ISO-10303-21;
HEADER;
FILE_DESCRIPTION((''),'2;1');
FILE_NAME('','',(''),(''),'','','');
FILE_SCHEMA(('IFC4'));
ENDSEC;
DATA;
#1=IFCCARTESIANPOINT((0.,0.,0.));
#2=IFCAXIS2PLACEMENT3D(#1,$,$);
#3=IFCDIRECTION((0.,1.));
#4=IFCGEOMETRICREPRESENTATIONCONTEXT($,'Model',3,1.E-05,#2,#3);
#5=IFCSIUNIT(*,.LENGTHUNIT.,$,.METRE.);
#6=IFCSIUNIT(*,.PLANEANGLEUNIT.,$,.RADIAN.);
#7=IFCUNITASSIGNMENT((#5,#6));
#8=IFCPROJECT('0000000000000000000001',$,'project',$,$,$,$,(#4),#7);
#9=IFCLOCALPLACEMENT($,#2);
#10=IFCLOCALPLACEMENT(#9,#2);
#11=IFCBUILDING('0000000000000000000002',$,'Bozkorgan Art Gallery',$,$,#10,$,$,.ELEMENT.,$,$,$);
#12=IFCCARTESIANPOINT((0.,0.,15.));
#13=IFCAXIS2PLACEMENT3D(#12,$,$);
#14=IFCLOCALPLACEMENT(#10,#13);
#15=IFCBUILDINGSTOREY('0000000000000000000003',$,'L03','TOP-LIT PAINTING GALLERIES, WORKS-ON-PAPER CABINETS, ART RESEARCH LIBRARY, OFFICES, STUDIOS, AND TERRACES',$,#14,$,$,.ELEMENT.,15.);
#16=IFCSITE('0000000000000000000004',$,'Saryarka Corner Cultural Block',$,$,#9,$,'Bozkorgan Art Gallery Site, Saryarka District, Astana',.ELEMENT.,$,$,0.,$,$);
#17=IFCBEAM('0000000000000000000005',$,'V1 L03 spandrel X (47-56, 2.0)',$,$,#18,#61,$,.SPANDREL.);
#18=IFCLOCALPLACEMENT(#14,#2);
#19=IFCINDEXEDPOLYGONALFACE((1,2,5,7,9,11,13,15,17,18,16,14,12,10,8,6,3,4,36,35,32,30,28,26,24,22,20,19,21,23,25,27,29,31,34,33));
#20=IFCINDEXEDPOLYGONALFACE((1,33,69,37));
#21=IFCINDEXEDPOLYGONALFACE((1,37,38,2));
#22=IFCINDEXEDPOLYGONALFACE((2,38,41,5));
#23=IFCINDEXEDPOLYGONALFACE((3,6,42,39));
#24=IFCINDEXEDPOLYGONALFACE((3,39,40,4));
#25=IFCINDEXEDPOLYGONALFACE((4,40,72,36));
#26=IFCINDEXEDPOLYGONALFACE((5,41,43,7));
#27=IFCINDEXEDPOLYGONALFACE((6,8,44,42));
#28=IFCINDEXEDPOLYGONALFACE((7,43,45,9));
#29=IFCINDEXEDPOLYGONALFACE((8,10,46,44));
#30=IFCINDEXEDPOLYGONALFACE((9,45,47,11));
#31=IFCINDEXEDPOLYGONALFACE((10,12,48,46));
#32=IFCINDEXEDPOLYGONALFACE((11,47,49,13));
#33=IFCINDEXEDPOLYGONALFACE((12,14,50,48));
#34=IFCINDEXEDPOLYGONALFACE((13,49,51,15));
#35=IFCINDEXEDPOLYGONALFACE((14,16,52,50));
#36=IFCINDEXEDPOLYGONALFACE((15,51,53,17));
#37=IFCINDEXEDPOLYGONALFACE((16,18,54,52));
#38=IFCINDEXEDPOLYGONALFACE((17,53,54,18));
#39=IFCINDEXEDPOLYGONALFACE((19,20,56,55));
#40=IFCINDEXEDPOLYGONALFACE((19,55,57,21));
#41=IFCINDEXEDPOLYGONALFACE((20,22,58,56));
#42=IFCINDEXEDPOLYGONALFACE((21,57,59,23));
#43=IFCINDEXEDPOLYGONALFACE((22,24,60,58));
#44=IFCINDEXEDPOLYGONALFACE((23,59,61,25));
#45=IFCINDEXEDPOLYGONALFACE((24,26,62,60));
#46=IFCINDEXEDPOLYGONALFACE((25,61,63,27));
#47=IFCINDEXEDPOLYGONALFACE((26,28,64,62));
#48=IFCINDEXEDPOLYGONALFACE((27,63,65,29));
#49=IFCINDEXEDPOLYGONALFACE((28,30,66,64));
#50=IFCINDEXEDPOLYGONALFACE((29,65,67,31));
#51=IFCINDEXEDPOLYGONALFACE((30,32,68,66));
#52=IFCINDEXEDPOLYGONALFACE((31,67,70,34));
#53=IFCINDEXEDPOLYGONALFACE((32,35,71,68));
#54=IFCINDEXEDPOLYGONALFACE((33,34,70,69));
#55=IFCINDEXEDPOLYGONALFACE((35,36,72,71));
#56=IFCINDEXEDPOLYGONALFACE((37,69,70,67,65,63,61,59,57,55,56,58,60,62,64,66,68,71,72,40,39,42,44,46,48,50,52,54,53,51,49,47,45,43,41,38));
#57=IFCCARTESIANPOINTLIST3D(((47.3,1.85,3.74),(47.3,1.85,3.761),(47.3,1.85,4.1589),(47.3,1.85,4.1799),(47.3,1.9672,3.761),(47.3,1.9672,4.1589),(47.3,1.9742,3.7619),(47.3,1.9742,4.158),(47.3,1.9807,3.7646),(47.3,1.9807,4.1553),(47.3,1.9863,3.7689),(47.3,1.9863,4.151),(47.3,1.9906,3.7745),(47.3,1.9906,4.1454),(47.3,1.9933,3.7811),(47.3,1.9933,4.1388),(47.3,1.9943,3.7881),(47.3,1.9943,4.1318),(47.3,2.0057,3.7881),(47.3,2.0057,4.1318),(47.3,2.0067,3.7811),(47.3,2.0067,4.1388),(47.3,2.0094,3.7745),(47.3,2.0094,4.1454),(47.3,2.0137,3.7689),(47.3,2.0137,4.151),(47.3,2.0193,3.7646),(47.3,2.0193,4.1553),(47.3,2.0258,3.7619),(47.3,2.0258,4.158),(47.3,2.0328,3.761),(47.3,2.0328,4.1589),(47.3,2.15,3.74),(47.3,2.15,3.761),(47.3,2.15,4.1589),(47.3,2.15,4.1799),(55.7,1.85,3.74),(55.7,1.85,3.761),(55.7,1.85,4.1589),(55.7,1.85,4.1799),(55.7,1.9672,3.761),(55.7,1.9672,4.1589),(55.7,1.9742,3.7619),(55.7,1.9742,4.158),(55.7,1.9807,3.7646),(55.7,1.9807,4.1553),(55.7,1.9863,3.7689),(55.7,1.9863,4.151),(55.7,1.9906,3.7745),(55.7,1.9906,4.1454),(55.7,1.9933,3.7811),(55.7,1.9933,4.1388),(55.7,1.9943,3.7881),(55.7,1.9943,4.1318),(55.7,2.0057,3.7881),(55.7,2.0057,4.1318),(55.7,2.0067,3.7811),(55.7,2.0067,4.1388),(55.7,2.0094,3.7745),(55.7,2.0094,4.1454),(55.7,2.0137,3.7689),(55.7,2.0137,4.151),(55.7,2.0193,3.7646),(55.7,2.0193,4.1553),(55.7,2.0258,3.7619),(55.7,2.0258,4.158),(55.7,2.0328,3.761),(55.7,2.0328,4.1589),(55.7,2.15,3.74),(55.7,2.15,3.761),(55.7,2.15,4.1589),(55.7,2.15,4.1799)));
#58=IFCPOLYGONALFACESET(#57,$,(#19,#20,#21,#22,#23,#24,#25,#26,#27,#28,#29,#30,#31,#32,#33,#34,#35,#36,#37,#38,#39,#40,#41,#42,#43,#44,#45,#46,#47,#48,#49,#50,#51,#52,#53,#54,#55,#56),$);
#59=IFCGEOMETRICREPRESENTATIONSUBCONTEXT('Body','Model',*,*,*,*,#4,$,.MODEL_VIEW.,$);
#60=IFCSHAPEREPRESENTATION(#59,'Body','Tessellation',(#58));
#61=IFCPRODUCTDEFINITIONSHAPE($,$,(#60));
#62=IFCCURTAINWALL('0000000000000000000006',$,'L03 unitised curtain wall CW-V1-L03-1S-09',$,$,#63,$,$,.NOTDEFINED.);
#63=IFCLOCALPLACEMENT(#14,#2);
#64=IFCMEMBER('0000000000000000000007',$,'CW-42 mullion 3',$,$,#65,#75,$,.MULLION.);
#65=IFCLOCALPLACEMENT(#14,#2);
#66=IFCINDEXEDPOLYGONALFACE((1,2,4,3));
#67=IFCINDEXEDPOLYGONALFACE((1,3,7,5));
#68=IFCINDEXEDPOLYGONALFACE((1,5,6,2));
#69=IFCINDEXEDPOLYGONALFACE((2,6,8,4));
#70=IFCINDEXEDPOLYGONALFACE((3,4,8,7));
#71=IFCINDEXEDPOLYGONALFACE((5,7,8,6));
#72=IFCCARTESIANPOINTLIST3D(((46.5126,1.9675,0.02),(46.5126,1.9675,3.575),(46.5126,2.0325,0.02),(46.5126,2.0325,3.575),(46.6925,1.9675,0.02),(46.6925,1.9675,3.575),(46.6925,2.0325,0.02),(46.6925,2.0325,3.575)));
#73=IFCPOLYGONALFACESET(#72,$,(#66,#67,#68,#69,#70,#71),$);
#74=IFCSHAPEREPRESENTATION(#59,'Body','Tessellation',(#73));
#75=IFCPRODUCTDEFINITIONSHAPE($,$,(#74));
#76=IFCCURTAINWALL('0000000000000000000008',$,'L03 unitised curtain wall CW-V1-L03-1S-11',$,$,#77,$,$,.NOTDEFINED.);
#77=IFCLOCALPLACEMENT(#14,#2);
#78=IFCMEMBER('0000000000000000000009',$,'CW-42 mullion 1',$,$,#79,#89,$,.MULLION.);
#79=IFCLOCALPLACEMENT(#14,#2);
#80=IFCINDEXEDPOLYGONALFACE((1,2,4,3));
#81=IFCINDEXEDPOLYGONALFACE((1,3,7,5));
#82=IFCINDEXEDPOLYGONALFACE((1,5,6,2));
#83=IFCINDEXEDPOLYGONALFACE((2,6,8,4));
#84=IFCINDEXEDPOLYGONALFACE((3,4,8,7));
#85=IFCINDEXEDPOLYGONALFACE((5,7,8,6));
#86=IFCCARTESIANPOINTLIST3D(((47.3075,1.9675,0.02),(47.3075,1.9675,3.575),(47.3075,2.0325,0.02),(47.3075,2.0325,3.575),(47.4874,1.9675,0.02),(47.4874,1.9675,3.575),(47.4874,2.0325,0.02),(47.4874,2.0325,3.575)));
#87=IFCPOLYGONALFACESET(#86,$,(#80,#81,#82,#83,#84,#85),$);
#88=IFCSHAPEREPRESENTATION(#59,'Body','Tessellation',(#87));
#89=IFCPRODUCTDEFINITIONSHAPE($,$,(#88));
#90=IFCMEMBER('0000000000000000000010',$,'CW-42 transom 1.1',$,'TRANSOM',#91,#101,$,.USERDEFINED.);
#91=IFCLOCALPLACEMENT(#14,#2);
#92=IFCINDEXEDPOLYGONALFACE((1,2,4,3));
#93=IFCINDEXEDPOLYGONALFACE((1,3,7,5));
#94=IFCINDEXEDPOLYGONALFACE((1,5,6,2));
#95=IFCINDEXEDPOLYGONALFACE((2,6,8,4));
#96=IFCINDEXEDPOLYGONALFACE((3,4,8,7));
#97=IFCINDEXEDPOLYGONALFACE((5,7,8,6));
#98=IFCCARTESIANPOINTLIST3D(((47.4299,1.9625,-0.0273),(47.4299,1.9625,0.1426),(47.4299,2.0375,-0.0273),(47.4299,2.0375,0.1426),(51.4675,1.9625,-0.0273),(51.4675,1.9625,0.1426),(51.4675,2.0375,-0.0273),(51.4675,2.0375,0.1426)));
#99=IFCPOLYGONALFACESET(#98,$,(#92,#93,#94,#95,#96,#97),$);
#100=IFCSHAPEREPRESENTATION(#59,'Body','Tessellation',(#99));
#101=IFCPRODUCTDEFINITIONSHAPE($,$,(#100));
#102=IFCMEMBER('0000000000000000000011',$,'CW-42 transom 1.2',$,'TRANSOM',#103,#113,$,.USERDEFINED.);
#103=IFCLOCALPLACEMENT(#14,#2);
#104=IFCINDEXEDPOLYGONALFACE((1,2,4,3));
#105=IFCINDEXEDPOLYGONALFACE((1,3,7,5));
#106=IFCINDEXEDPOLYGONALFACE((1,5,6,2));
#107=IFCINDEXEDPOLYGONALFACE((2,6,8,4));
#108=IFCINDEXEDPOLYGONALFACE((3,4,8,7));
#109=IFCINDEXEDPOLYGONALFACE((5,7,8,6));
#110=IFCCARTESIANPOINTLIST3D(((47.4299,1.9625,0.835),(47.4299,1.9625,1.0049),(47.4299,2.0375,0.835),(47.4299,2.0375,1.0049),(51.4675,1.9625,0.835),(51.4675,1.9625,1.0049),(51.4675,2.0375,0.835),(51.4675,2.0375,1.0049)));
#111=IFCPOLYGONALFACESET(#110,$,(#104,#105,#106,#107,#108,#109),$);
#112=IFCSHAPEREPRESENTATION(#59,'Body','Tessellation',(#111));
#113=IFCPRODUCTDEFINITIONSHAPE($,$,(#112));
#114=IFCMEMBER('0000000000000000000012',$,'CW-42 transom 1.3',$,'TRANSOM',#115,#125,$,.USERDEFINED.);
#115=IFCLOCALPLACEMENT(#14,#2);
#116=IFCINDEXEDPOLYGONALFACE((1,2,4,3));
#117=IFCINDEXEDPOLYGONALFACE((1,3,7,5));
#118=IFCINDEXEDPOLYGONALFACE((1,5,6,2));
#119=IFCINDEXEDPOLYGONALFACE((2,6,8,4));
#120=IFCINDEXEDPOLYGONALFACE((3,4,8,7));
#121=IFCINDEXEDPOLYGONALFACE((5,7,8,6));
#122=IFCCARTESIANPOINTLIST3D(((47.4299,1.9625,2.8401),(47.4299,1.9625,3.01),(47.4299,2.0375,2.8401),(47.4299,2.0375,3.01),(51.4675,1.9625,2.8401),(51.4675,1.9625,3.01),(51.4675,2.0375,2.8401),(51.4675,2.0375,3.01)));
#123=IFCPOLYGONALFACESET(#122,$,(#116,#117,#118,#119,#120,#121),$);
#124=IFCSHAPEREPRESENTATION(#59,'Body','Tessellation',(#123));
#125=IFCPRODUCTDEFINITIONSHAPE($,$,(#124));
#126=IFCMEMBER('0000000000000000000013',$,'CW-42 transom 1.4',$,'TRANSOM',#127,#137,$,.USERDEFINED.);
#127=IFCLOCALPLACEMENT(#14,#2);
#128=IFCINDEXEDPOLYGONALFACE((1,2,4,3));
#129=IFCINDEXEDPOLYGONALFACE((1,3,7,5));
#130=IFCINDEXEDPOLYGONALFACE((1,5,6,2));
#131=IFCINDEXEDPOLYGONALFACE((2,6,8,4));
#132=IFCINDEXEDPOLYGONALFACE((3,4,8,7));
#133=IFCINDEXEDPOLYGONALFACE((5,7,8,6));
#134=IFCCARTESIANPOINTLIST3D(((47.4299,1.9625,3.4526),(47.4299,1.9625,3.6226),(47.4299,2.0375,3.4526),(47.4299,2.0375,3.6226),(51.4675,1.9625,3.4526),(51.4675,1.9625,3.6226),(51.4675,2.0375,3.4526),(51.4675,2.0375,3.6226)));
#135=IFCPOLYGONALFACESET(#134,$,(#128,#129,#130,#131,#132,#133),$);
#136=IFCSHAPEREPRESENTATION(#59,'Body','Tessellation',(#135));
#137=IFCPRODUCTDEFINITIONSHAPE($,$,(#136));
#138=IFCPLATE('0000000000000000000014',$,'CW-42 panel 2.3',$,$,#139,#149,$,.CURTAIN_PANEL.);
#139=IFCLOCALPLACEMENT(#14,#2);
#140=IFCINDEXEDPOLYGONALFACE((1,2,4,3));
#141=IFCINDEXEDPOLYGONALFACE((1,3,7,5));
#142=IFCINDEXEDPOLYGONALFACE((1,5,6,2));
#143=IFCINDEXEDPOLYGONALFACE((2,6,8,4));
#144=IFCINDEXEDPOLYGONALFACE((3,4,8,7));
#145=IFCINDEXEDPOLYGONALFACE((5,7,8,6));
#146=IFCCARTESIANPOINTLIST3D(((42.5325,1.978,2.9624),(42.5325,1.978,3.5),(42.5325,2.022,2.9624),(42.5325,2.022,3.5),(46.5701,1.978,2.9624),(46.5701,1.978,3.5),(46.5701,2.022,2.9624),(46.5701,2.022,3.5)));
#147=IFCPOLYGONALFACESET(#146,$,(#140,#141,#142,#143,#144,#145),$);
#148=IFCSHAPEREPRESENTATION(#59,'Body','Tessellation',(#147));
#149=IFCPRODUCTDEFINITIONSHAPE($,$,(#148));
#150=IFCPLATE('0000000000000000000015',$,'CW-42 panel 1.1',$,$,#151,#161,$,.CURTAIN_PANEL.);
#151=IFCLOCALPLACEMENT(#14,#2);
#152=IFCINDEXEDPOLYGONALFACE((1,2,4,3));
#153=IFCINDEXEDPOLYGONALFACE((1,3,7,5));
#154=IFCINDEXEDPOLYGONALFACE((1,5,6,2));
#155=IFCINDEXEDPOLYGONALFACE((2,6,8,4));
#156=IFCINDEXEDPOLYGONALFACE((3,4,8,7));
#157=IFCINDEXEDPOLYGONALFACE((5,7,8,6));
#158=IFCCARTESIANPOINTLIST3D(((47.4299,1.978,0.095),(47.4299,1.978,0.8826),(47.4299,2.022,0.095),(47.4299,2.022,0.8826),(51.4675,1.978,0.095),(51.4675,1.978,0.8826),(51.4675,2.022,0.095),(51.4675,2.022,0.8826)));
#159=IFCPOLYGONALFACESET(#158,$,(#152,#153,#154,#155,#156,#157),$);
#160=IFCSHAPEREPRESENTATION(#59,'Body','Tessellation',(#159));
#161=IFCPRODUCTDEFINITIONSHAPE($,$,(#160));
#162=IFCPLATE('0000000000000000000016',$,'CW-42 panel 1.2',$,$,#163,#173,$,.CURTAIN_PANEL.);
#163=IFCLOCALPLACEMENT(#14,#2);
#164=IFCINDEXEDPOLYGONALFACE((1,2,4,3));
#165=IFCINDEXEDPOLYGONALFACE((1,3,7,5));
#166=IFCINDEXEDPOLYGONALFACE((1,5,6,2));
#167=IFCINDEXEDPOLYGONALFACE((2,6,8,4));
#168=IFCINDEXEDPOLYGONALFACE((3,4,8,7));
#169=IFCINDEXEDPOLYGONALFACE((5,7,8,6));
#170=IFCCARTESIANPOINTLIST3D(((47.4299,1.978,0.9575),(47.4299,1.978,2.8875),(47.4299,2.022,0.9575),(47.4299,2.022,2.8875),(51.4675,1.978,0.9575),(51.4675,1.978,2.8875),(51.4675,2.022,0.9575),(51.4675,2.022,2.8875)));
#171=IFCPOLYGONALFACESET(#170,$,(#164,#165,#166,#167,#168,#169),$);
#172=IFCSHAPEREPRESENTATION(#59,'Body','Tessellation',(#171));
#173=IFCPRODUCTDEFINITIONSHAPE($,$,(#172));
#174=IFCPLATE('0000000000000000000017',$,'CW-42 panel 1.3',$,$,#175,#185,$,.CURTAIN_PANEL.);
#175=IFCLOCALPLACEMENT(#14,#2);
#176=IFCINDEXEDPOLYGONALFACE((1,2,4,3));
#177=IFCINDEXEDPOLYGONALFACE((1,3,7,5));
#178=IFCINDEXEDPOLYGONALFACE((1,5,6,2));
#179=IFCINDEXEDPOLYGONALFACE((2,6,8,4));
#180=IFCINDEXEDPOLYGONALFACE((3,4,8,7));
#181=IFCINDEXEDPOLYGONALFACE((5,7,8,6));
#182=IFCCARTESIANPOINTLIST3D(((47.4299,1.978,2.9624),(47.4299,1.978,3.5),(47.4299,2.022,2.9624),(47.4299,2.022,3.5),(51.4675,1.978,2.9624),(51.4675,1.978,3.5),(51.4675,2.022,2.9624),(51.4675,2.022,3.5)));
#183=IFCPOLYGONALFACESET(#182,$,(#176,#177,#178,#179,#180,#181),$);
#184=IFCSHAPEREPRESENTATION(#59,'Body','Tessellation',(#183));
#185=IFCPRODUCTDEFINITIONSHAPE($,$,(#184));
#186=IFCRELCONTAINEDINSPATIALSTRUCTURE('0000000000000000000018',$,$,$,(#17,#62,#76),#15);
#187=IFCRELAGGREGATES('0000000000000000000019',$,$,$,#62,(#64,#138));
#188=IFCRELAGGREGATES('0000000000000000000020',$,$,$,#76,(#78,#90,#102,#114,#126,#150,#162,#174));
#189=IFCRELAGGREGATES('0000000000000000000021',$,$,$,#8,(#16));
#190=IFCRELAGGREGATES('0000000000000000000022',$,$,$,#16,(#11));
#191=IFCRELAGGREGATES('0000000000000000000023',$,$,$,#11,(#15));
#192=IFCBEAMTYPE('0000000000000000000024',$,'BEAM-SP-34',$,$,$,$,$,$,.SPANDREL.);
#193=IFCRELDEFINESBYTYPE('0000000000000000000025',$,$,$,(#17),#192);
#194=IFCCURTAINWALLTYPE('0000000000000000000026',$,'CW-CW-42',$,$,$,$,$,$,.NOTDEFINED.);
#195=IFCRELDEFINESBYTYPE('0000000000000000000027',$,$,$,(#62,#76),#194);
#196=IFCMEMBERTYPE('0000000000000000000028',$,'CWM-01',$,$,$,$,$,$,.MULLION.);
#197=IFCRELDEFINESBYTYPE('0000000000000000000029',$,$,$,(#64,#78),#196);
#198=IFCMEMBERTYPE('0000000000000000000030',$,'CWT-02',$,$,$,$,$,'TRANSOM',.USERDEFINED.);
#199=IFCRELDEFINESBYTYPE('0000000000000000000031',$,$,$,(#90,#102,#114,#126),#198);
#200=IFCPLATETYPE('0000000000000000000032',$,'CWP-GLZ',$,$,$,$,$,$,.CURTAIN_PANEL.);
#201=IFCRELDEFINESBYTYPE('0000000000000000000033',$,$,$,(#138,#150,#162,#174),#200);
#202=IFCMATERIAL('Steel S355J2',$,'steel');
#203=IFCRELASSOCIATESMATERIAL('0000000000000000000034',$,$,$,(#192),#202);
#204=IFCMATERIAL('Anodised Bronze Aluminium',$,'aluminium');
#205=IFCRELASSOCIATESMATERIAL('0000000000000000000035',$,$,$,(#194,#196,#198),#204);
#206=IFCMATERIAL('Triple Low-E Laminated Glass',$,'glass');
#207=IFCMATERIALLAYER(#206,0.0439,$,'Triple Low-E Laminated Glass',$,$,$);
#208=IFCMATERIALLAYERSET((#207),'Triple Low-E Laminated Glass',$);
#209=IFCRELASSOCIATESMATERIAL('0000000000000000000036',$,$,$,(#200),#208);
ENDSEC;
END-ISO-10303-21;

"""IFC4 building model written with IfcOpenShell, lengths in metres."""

from ifc_helpers import new_model, si_unit, direction, frame, origin, origin_2d, place, context, subcontext, project, spatial, rectangle, i_section, extrude, material, layer, layer_set, material_profile, profile_set, type_object, element, aggregate, save


model = new_model("IFC4")

# Units and contexts
model_context = context("Model", 3, precision=1e-05, world=origin(), true_north=direction((0.0, 1.0)))
body_context = subcontext(model_context, "Body", "Model", "MODEL_VIEW")
ifc_project = project(units=[si_unit("LENGTHUNIT", "METRE"), si_unit("PLANEANGLEUNIT", "RADIAN")], contexts=[model_context])

# Site, building, storey
site_placement = place(None, origin())
site = spatial("IfcSite", under=ifc_project, at=site_placement, Name="Saryarka Corner Cultural Block", LongName="Bozkorgan Art Gallery Site, Saryarka District, Astana", CompositionType="ELEMENT", RefElevation=0.0)
building_placement = place(site_placement, origin())
building = spatial("IfcBuilding", under=site, at=building_placement, Name="Bozkorgan Art Gallery", CompositionType="ELEMENT")
storey_placement = place(building_placement, frame((0.0, 0.0, 15.0)))
storey = spatial("IfcBuildingStorey", under=building, at=storey_placement, Name="L03", Description="TOP-LIT PAINTING GALLERIES, WORKS-ON-PAPER CABINETS, ART RESEARCH LIBRARY, OFFICES, STUDIOS, AND TERRACES", CompositionType="ELEMENT", Elevation=15.0)

# Beam
ifc_material_1 = material(Name="Steel S355J2", Category="steel")
ifc_material_profile_1 = material_profile(ifc_material_1, i_section(OverallWidth=0.3, OverallDepth=0.4399, WebThickness=0.0115, FlangeThickness=0.021, FilletRadius=0.0271, at=origin_2d()), Name="HEA 450")
ifc_profile_set_1 = profile_set([ifc_material_profile_1], Name="Steel S355J2")
beam_type_1 = type_object("IfcBeamType", Name="BEAM-SP-34", PredefinedType="SPANDREL", material=ifc_profile_set_1)
beam_1_placement = place(storey_placement, frame((47.3, 2.0, 3.96), z_axis=(1.0, 0.0, 0.0), x_axis=(0.0, 1.0, 0.0)))
element("IfcBeam", 1, at=beam_1_placement, inside=storey, type_object=beam_type_1, Name="V1 L03 spandrel X (47-56, 2.0)", PredefinedType="SPANDREL", context=body_context, shape_type="SweptSolid", body=[
    extrude(i_section(OverallWidth=0.3, OverallDepth=0.4399, WebThickness=0.0115, FlangeThickness=0.021, FilletRadius=0.0271, at=origin_2d()), origin(), (0.0, 0.0, 1.0), 8.3999),
])

# Curtain wall, member
ifc_material_2 = material(Name="Anodised Bronze Aluminium", Category="aluminium")
curtain_wall_type = type_object("IfcCurtainWallType", Name="CW-CW-42", PredefinedType="NOTDEFINED", material=ifc_material_2)
curtain_wall_1_placement = place(storey_placement, origin())
curtain_wall_1 = element("IfcCurtainWall", 2, at=curtain_wall_1_placement, inside=storey, type_object=curtain_wall_type, Name="L03 unitised curtain wall CW-V1-L03-1S-09", PredefinedType="NOTDEFINED")
ifc_material_profile_2 = material_profile(ifc_material_2, rectangle(XDim=0.0649, YDim=0.1799, at=origin_2d()), Name="ALU MULLION 65x180")
ifc_profile_set_2 = profile_set([ifc_material_profile_2], Name="Anodised Bronze Aluminium")
member_type_1 = type_object("IfcMemberType", Name="CWM-01", PredefinedType="MULLION", material=ifc_profile_set_2)
member_1_placement = place(storey_placement, frame((46.6025, 2.0, 0.02), z_axis=(0.0, 0.0, 1.0), x_axis=(0.0, 1.0, 0.0)))
member_1 = element("IfcMember", 3, at=member_1_placement, type_object=member_type_1, Name="CW-42 mullion 3", PredefinedType="MULLION", context=body_context, shape_type="SweptSolid", body=[
    extrude(rectangle(XDim=0.0649, YDim=0.1799, at=origin_2d()), origin(), (0.0, 0.0, 1.0), 3.5549),
])

# Curtain wall, members
curtain_wall_2_placement = place(storey_placement, origin())
curtain_wall_2 = element("IfcCurtainWall", 4, at=curtain_wall_2_placement, inside=storey, type_object=curtain_wall_type, Name="L03 unitised curtain wall CW-V1-L03-1S-11", PredefinedType="NOTDEFINED")
member_2_placement = place(storey_placement, frame((47.3975, 2.0, 0.02), z_axis=(0.0, 0.0, 1.0), x_axis=(0.0, 1.0, 0.0)))
member_2 = element("IfcMember", 5, at=member_2_placement, type_object=member_type_1, Name="CW-42 mullion 1", PredefinedType="MULLION", context=body_context, shape_type="SweptSolid", body=[
    extrude(rectangle(XDim=0.0649, YDim=0.1799, at=origin_2d()), origin(), (0.0, 0.0, 1.0), 3.5549),
])
ifc_material_profile_3 = material_profile(ifc_material_2, rectangle(XDim=0.075, YDim=0.1699, at=origin_2d()), Name="ALU TRANSOM 75x170")
ifc_profile_set_3 = profile_set([ifc_material_profile_3], Name="Anodised Bronze Aluminium")
member_type_2 = type_object("IfcMemberType", Name="CWT-02", ElementType="TRANSOM", PredefinedType="USERDEFINED", material=ifc_profile_set_3)
member_3_placement = place(storey_placement, frame((47.4299, 2.0, 0.0576), z_axis=(1.0, 0.0, 0.0), x_axis=(0.0, 1.0, 0.0)))
member_3 = element("IfcMember", 6, at=member_3_placement, type_object=member_type_2, Name="CW-42 transom 1.1", ObjectType="TRANSOM", PredefinedType="USERDEFINED", context=body_context, shape_type="SweptSolid", body=[
    extrude(rectangle(XDim=0.075, YDim=0.1699, at=origin_2d()), origin(), (0.0, 0.0, 1.0), 4.0376),
])
member_4_placement = place(storey_placement, frame((47.4299, 2.0, 0.9199), z_axis=(1.0, 0.0, 0.0), x_axis=(0.0, 1.0, 0.0)))
member_4 = element("IfcMember", 7, at=member_4_placement, type_object=member_type_2, Name="CW-42 transom 1.2", ObjectType="TRANSOM", PredefinedType="USERDEFINED", context=body_context, shape_type="SweptSolid", body=[
    extrude(rectangle(XDim=0.075, YDim=0.1699, at=origin_2d()), origin(), (0.0, 0.0, 1.0), 4.0376),
])
member_5_placement = place(storey_placement, frame((47.4299, 2.0, 2.925), z_axis=(1.0, 0.0, 0.0), x_axis=(0.0, 1.0, 0.0)))
member_5 = element("IfcMember", 8, at=member_5_placement, type_object=member_type_2, Name="CW-42 transom 1.3", ObjectType="TRANSOM", PredefinedType="USERDEFINED", context=body_context, shape_type="SweptSolid", body=[
    extrude(rectangle(XDim=0.075, YDim=0.1699, at=origin_2d()), origin(), (0.0, 0.0, 1.0), 4.0376),
])
member_6_placement = place(storey_placement, frame((47.4299, 2.0, 3.5376), z_axis=(1.0, 0.0, 0.0), x_axis=(0.0, 1.0, 0.0)))
member_6 = element("IfcMember", 9, at=member_6_placement, type_object=member_type_2, Name="CW-42 transom 1.4", ObjectType="TRANSOM", PredefinedType="USERDEFINED", context=body_context, shape_type="SweptSolid", body=[
    extrude(rectangle(XDim=0.075, YDim=0.1699, at=origin_2d()), origin(), (0.0, 0.0, 1.0), 4.0376),
])

# Plates
ifc_material_3 = material(Name="Triple Low-E Laminated Glass", Category="glass")
ifc_layer_1 = layer(ifc_material_3, 0.0439, Name="Triple Low-E Laminated Glass")
ifc_layer_set_1 = layer_set([ifc_layer_1], Name="Triple Low-E Laminated Glass")
plate_type = type_object("IfcPlateType", Name="CWP-GLZ", PredefinedType="CURTAIN_PANEL", material=ifc_layer_set_1)
plate_1_placement = place(storey_placement, frame((44.5513, 2.0, 2.9624), z_axis=(0.0, 0.0, 1.0), x_axis=(1.0, 0.0, 0.0)))
plate_1 = element("IfcPlate", 10, at=plate_1_placement, type_object=plate_type, Name="CW-42 panel 2.3", PredefinedType="CURTAIN_PANEL", context=body_context, shape_type="SweptSolid", body=[
    extrude(rectangle(XDim=4.0376, YDim=0.0439, at=origin_2d()), origin(), (0.0, 0.0, 1.0), 0.5376),
])
aggregate(curtain_wall_1, [member_1, plate_1])
plate_2_placement = place(storey_placement, frame((49.4487, 2.0, 0.095), z_axis=(0.0, 0.0, 1.0), x_axis=(1.0, 0.0, 0.0)))
plate_2 = element("IfcPlate", 11, at=plate_2_placement, type_object=plate_type, Name="CW-42 panel 1.1", PredefinedType="CURTAIN_PANEL", context=body_context, shape_type="SweptSolid", body=[
    extrude(rectangle(XDim=4.0376, YDim=0.0439, at=origin_2d()), origin(), (0.0, 0.0, 1.0), 0.7876),
])
plate_3_placement = place(storey_placement, frame((49.4487, 2.0, 0.9575), z_axis=(0.0, 0.0, 1.0), x_axis=(1.0, 0.0, 0.0)))
plate_3 = element("IfcPlate", 12, at=plate_3_placement, type_object=plate_type, Name="CW-42 panel 1.2", PredefinedType="CURTAIN_PANEL", context=body_context, shape_type="SweptSolid", body=[
    extrude(rectangle(XDim=4.0376, YDim=0.0439, at=origin_2d()), origin(), (0.0, 0.0, 1.0), 1.9299),
])
plate_4_placement = place(storey_placement, frame((49.4487, 2.0, 2.9624), z_axis=(0.0, 0.0, 1.0), x_axis=(1.0, 0.0, 0.0)))
plate_4 = element("IfcPlate", 13, at=plate_4_placement, type_object=plate_type, Name="CW-42 panel 1.3", PredefinedType="CURTAIN_PANEL", context=body_context, shape_type="SweptSolid", body=[
    extrude(rectangle(XDim=4.0376, YDim=0.0439, at=origin_2d()), origin(), (0.0, 0.0, 1.0), 0.5376),
])
aggregate(curtain_wall_2, [member_2, member_3, member_4, member_5, member_6, plate_2, plate_3, plate_4])

save(model, "model.ifc")
